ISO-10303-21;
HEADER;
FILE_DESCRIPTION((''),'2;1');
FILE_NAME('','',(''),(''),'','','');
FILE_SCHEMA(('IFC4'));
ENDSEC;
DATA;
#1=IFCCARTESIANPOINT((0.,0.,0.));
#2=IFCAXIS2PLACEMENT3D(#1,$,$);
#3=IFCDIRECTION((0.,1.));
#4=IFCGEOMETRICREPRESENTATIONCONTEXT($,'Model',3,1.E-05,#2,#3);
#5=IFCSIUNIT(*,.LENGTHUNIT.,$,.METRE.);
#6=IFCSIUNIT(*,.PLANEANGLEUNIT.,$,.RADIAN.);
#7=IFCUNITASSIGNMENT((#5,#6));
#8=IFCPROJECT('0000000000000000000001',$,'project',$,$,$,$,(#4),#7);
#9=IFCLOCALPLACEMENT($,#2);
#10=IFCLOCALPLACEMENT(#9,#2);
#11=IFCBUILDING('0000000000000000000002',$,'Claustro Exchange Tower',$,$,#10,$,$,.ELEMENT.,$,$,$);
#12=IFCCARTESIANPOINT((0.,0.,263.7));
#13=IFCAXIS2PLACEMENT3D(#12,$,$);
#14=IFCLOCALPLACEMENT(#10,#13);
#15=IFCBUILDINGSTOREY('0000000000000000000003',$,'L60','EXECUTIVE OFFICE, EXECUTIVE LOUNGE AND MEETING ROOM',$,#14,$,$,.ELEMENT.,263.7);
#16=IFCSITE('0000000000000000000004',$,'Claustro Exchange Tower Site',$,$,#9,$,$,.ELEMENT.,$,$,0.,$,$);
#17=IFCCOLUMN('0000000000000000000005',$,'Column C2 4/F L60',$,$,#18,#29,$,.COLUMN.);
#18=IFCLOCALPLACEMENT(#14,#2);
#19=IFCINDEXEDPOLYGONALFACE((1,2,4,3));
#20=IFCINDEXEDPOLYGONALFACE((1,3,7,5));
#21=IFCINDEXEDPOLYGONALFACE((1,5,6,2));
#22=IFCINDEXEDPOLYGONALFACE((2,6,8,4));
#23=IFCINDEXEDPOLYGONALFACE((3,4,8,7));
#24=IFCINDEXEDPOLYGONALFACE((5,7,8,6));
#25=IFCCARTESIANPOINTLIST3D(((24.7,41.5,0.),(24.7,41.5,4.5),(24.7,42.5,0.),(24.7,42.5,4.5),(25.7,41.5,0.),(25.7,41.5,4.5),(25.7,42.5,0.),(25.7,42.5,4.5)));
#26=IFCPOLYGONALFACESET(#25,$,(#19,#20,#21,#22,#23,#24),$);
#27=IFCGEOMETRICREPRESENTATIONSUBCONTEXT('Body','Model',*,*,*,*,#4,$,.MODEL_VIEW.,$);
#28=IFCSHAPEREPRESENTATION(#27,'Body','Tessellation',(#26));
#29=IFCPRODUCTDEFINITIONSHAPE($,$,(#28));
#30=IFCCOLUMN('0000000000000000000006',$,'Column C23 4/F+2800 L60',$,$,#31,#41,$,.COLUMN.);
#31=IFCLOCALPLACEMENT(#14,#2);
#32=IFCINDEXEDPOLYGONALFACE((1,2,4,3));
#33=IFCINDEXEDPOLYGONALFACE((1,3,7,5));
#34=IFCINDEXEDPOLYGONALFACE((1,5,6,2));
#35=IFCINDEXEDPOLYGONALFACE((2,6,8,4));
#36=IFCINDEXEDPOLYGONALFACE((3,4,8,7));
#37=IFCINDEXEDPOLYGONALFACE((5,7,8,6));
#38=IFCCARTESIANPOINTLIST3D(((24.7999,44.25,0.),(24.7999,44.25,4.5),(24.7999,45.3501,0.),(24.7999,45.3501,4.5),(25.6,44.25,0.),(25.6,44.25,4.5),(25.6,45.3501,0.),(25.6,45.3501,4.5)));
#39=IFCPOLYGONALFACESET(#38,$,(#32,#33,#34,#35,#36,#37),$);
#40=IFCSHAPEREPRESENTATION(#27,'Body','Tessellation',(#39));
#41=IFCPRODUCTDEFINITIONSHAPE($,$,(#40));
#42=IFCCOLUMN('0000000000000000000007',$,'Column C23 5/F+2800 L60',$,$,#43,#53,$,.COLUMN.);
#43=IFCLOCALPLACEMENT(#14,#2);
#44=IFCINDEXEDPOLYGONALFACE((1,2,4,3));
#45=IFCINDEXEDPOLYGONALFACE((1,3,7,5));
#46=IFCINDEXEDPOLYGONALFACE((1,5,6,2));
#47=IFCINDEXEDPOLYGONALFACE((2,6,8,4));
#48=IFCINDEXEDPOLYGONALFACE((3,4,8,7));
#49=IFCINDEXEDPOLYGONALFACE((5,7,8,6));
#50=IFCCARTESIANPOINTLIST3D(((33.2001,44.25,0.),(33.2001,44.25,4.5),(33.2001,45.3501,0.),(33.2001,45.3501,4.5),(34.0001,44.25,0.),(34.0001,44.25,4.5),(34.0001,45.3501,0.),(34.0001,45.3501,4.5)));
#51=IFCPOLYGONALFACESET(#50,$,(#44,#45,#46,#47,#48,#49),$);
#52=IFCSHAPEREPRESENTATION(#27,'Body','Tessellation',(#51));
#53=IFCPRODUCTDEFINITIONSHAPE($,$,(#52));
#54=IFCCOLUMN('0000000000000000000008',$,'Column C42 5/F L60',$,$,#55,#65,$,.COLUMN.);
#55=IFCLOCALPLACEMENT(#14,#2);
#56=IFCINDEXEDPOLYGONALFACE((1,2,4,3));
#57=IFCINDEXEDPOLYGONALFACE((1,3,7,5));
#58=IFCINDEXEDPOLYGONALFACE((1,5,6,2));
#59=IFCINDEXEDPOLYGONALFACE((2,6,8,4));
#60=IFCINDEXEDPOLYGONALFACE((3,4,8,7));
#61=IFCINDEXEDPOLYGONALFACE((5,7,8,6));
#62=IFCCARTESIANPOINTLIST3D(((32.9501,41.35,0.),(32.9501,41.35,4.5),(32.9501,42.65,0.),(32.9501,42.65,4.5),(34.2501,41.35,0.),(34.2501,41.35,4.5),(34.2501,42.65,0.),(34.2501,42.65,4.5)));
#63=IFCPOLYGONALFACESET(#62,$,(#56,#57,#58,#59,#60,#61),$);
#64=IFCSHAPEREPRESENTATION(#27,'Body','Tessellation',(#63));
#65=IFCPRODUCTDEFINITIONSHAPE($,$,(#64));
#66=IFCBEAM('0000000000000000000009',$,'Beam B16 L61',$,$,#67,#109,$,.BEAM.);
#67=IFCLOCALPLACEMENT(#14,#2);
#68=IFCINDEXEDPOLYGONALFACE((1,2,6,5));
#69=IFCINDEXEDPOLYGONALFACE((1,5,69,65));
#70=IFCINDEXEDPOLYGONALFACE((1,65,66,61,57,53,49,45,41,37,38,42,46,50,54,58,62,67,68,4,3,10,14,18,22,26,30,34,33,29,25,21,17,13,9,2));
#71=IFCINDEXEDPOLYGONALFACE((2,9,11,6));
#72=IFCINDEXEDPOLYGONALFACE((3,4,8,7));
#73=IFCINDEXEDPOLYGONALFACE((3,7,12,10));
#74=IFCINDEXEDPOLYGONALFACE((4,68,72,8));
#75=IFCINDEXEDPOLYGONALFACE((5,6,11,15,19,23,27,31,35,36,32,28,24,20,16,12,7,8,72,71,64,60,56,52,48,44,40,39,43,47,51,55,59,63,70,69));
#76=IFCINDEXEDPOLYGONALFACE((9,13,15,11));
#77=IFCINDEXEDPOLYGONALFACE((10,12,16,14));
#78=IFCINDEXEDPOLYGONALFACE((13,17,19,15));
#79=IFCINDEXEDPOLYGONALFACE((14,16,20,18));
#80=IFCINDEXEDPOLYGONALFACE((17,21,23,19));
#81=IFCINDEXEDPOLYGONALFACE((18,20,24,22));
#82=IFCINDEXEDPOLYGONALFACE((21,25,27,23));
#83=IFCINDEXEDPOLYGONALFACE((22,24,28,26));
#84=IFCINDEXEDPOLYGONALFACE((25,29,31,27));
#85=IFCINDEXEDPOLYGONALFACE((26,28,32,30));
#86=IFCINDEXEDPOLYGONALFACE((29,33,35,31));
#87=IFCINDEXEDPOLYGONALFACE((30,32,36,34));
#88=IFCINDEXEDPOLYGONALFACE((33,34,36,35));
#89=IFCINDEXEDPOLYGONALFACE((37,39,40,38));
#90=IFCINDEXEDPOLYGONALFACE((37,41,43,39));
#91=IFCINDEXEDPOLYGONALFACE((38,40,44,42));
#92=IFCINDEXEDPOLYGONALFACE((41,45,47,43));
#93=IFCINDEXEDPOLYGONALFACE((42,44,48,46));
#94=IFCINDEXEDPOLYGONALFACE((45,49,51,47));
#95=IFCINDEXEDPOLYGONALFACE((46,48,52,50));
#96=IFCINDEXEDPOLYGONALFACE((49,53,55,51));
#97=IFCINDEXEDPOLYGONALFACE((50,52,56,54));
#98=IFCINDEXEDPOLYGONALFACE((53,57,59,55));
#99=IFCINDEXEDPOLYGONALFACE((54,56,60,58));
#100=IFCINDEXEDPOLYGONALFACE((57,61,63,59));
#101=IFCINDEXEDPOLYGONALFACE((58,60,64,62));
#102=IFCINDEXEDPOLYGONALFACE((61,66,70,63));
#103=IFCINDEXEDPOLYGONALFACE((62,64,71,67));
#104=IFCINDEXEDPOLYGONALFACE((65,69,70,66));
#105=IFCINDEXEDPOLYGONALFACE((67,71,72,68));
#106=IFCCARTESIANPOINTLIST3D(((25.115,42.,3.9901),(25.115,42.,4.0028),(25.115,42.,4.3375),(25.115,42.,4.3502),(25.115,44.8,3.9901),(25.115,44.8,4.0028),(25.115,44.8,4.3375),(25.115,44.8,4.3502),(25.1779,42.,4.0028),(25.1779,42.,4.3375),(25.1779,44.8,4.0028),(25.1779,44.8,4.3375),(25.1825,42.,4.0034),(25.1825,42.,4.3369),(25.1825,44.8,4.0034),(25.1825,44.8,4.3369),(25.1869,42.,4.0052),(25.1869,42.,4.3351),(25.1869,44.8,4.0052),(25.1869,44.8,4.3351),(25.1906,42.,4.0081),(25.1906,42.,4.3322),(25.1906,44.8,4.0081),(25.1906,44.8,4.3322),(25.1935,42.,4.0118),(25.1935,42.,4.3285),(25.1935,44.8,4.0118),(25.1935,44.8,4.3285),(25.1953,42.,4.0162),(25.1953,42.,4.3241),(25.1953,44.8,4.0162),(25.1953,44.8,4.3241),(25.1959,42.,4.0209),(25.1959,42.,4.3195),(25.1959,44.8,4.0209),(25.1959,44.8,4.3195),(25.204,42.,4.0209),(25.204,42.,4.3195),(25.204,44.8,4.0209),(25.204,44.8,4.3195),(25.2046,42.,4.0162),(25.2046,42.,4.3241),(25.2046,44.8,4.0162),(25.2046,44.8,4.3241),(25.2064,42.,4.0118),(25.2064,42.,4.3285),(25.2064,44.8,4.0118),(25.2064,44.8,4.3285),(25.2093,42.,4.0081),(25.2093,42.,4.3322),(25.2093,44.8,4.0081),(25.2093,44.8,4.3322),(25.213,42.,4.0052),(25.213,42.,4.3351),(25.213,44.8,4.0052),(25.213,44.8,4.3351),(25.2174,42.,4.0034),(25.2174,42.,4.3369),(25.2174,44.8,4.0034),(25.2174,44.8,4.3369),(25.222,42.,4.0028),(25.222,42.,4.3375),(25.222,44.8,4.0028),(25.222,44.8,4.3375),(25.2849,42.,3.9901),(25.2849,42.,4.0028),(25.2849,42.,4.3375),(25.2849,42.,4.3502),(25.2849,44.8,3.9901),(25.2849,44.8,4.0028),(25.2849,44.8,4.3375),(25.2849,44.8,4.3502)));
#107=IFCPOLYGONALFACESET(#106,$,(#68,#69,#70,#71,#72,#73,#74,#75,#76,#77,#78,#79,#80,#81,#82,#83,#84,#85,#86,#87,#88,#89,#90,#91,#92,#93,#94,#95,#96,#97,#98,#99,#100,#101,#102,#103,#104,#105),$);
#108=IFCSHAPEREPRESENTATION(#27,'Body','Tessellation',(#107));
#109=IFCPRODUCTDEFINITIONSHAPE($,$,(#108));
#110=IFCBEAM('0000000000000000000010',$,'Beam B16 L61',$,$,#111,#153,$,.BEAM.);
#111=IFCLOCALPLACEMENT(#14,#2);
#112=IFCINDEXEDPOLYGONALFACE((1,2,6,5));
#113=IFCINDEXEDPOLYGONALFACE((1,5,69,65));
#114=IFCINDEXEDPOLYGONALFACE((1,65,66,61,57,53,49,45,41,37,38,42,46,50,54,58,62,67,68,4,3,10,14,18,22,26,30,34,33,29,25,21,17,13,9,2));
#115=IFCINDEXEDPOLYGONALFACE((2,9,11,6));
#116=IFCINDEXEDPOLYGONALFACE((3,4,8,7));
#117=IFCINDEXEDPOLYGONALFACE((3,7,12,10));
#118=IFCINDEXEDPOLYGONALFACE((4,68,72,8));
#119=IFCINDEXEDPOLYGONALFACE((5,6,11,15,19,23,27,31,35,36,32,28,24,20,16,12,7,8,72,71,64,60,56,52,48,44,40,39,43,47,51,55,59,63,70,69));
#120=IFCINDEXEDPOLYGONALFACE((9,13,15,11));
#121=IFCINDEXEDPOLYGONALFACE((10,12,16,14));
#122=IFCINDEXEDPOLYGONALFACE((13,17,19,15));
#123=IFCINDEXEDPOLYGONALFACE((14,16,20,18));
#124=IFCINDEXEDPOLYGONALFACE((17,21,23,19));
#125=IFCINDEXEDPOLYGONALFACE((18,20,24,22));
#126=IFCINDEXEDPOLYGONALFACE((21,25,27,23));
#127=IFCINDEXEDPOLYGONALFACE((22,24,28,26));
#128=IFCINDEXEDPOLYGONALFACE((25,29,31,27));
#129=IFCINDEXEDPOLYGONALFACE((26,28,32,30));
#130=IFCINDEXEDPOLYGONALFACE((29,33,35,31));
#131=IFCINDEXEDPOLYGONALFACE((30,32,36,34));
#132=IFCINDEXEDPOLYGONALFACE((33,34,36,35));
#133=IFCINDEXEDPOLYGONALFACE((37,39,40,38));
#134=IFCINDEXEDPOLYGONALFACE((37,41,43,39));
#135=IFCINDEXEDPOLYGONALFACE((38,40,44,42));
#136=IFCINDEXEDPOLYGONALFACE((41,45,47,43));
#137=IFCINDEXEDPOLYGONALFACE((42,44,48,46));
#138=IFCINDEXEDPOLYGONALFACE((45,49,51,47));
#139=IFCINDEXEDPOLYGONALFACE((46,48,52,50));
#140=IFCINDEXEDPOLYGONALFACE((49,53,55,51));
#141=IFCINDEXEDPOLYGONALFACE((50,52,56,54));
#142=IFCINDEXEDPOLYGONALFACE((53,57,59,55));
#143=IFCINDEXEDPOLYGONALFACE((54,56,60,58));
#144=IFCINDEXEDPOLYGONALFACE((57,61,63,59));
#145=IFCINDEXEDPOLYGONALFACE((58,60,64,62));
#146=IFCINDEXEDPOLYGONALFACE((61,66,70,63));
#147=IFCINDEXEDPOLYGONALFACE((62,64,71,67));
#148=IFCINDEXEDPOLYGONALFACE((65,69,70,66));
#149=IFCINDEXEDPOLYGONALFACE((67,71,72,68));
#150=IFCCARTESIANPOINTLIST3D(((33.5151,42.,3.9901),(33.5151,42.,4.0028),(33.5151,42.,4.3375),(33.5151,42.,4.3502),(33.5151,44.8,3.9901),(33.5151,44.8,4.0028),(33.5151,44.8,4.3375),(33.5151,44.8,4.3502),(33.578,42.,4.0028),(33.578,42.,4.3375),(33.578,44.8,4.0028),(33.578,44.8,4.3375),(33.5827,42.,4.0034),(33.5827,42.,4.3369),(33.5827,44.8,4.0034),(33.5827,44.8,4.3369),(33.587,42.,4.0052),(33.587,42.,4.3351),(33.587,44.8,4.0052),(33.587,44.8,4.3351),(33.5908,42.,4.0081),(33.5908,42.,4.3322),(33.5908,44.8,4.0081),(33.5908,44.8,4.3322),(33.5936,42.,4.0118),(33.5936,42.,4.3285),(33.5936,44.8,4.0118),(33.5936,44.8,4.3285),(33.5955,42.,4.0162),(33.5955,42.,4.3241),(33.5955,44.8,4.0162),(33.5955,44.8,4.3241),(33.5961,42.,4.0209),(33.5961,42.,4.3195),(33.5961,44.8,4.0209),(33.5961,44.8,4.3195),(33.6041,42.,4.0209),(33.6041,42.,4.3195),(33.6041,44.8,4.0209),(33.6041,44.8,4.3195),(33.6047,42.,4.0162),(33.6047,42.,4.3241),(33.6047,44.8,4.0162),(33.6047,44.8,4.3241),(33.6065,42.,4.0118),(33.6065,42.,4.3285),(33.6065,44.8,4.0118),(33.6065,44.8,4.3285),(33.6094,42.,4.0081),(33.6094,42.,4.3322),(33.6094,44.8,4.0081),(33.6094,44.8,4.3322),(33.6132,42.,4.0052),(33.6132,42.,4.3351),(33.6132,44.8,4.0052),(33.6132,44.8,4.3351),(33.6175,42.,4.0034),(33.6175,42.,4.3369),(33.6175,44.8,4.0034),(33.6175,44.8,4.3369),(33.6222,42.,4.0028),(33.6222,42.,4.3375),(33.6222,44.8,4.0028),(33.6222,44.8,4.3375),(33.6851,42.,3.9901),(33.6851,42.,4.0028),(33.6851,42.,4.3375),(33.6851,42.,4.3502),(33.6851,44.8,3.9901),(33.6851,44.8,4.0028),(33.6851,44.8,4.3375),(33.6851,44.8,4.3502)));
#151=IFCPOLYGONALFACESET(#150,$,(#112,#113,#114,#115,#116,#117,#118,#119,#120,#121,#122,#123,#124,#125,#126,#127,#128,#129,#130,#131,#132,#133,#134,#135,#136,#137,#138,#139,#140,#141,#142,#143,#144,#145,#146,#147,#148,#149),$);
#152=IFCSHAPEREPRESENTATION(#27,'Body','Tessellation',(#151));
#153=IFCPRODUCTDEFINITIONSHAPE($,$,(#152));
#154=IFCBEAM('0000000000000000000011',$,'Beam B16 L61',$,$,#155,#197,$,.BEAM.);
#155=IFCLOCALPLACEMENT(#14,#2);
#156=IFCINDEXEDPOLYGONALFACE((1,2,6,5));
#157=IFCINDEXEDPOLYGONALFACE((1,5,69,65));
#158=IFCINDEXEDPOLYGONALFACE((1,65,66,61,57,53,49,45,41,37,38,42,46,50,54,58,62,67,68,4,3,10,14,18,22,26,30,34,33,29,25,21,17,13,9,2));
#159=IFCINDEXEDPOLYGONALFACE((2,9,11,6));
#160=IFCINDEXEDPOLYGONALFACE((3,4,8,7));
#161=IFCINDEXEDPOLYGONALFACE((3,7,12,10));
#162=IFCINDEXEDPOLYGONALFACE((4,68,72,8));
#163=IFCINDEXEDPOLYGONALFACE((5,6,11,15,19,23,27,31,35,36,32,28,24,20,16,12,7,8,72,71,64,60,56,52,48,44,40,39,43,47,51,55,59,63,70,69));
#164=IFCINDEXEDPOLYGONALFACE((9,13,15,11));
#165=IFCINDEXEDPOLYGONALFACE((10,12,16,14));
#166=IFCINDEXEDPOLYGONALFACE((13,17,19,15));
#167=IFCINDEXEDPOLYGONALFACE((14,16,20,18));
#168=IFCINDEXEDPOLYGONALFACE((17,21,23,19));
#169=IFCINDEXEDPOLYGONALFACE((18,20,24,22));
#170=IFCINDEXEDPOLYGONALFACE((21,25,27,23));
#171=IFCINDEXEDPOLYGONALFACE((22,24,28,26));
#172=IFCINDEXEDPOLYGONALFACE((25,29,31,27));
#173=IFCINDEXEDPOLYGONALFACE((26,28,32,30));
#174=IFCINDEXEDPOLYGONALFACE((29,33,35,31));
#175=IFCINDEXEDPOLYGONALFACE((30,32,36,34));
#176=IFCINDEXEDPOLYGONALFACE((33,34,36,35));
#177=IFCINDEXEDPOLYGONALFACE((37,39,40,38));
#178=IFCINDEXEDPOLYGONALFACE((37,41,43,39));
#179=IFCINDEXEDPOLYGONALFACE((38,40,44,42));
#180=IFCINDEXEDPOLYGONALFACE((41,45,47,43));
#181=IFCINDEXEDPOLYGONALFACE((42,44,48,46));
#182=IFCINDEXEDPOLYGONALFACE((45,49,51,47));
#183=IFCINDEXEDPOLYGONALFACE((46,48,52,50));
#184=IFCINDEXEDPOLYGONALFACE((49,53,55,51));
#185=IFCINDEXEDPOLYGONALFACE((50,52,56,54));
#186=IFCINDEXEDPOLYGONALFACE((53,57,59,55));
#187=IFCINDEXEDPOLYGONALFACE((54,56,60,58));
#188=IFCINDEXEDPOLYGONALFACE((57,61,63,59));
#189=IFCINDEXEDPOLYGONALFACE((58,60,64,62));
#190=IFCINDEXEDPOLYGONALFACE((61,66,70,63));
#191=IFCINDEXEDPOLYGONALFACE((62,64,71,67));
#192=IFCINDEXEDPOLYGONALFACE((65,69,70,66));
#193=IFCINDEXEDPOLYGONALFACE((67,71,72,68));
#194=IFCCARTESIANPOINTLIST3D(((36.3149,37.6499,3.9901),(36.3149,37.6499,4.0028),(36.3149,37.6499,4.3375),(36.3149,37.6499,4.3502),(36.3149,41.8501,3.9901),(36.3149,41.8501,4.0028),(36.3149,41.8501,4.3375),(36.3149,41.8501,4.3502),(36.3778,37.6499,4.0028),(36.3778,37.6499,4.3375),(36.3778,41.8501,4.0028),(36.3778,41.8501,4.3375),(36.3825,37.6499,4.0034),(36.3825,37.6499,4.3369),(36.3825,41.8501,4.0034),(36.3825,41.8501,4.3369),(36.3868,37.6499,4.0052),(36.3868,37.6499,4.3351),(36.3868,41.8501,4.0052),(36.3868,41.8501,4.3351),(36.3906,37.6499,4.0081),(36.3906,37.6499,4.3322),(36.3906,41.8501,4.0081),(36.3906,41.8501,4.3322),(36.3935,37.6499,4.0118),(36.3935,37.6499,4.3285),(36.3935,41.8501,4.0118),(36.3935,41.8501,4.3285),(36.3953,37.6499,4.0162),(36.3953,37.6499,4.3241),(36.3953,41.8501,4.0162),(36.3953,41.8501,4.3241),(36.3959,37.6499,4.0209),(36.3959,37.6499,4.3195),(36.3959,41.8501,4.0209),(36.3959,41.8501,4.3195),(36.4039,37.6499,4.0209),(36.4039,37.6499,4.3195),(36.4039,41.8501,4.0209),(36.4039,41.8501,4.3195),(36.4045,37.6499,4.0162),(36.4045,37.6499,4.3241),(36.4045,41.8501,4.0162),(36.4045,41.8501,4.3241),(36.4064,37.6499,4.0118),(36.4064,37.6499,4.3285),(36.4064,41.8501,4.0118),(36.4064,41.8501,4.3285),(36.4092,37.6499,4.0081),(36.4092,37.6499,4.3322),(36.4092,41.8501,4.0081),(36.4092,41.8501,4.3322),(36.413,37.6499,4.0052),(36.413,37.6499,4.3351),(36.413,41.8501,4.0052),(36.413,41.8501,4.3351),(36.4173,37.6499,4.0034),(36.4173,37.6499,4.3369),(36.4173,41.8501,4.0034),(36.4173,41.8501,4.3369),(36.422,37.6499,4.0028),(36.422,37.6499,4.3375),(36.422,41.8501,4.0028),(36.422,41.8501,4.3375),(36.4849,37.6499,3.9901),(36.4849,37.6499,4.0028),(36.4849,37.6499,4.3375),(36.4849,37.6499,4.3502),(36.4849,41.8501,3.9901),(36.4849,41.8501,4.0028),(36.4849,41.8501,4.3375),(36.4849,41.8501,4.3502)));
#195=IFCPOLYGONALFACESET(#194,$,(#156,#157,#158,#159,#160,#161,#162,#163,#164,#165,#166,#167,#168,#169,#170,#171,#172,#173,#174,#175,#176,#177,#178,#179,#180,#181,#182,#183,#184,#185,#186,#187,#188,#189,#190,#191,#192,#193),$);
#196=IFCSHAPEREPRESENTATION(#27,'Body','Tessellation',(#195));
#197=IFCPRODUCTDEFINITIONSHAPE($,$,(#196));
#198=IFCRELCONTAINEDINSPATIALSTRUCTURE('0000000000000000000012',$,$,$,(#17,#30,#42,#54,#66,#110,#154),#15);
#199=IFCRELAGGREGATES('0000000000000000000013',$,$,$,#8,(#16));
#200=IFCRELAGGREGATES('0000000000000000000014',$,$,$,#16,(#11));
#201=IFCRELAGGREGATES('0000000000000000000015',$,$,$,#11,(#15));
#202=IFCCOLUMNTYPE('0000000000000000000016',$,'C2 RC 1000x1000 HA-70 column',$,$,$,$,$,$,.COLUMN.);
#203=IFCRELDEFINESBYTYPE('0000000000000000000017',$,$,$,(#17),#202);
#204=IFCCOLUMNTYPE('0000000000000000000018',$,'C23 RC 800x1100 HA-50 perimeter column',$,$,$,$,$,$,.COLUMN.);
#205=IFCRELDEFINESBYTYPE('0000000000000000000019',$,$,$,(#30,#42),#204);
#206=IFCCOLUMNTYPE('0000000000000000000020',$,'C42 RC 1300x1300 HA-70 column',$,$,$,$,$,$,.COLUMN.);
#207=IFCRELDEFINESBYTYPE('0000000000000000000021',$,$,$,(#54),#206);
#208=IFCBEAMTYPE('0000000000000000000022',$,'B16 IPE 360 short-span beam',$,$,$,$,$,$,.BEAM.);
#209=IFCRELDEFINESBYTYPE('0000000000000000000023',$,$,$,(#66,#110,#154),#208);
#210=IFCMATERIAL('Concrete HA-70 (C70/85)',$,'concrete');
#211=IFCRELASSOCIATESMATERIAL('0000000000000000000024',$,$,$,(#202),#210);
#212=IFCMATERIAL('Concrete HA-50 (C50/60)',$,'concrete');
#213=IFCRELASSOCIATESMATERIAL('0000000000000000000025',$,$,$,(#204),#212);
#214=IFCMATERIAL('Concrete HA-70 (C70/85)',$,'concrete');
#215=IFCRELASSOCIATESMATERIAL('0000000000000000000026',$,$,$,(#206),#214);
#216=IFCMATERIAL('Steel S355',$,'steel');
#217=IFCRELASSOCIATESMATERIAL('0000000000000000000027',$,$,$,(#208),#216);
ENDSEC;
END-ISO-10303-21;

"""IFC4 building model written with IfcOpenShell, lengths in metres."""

from ifc_helpers import new_model, si_unit, direction, frame, origin, origin_2d, place, context, subcontext, project, spatial, rectangle, i_section, extrude, material, material_profile, profile_set, type_object, element, save


model = new_model("IFC4")

# Units and contexts
model_context = context("Model", 3, precision=1e-05, world=origin(), true_north=direction((0.0, 1.0)))
body_context = subcontext(model_context, "Body", "Model", "MODEL_VIEW")
ifc_project = project(units=[si_unit("LENGTHUNIT", "METRE"), si_unit("PLANEANGLEUNIT", "RADIAN")], contexts=[model_context])

# Site, building, storey
site_placement = place(None, origin())
site = spatial("IfcSite", under=ifc_project, at=site_placement, Name="Claustro Exchange Tower Site", CompositionType="ELEMENT", RefElevation=0.0)
building_placement = place(site_placement, origin())
building = spatial("IfcBuilding", under=site, at=building_placement, Name="Claustro Exchange Tower", CompositionType="ELEMENT")
storey_placement = place(building_placement, frame((0.0, 0.0, 263.7)))
storey = spatial("IfcBuildingStorey", under=building, at=storey_placement, Name="L60", Description="EXECUTIVE OFFICE, EXECUTIVE LOUNGE AND MEETING ROOM", CompositionType="ELEMENT", Elevation=263.7)

# Columns
ifc_material_1 = material(Name="Concrete HA-70 (C70/85)", Category="concrete")
ifc_material_profile_1 = material_profile(ifc_material_1, rectangle(XDim=1.0, YDim=1.0, at=origin_2d()), Name="RC 1000x1000")
ifc_profile_set_1 = profile_set([ifc_material_profile_1], Name="Concrete HA-70 (C70/85)")
column_type_1 = type_object("IfcColumnType", Name="C2 RC 1000x1000 HA-70 column", PredefinedType="COLUMN", material=ifc_profile_set_1)
column_1_placement = place(storey_placement, frame((25.2, 42.0, 0.0), z_axis=(0.0, 0.0, 1.0), x_axis=(1.0, 0.0, 0.0)))
element("IfcColumn", 1, at=column_1_placement, inside=storey, type_object=column_type_1, Name="Column C2 4/F L60", PredefinedType="COLUMN", context=body_context, shape_type="SweptSolid", body=[
    extrude(rectangle(XDim=1.0, YDim=1.0, at=origin_2d()), origin(), (0.0, 0.0, 1.0), 4.5),
])
ifc_material_2 = material(Name="Concrete HA-50 (C50/60)", Category="concrete")
ifc_material_profile_2 = material_profile(ifc_material_2, rectangle(XDim=0.8, YDim=1.1001, at=origin_2d()), Name="RC 800x1100")
ifc_profile_set_2 = profile_set([ifc_material_profile_2], Name="Concrete HA-50 (C50/60)")
column_type_2 = type_object("IfcColumnType", Name="C23 RC 800x1100 HA-50 perimeter column", PredefinedType="COLUMN", material=ifc_profile_set_2)
for number, where, z_axis, x_axis, name in (
    (2, (25.2, 44.8, 0.0), (0.0, 0.0, 1.0), (1.0, 0.0, 0.0), "Column C23 4/F+2800 L60"),
    (3, (33.6001, 44.8, 0.0), (0.0, 0.0, 1.0), (1.0, 0.0, 0.0), "Column C23 5/F+2800 L60"),
):
    element("IfcColumn", number, at=place(storey_placement, frame(where, z_axis=z_axis, x_axis=x_axis)), inside=storey, type_object=column_type_2, Name=name, PredefinedType="COLUMN", context=body_context, shape_type="SweptSolid", body=[
        extrude(rectangle(XDim=0.8, YDim=1.1001, at=origin_2d()), origin(), (0.0, 0.0, 1.0), 4.5),
    ])
ifc_material_3 = material(Name="Concrete HA-70 (C70/85)", Category="concrete")
ifc_material_profile_3 = material_profile(ifc_material_3, rectangle(XDim=1.3, YDim=1.3, at=origin_2d()), Name="RC 1300x1300")
ifc_profile_set_3 = profile_set([ifc_material_profile_3], Name="Concrete HA-70 (C70/85)")
column_type_3 = type_object("IfcColumnType", Name="C42 RC 1300x1300 HA-70 column", PredefinedType="COLUMN", material=ifc_profile_set_3)
column_2_placement = place(storey_placement, frame((33.6001, 42.0, 0.0), z_axis=(0.0, 0.0, 1.0), x_axis=(1.0, 0.0, 0.0)))
element("IfcColumn", 4, at=column_2_placement, inside=storey, type_object=column_type_3, Name="Column C42 5/F L60", PredefinedType="COLUMN", context=body_context, shape_type="SweptSolid", body=[
    extrude(rectangle(XDim=1.3, YDim=1.3, at=origin_2d()), origin(), (0.0, 0.0, 1.0), 4.5),
])

# Beams
ifc_material_4 = material(Name="Steel S355", Category="steel")
ifc_material_profile_4 = material_profile(ifc_material_4, i_section(OverallWidth=0.1699, OverallDepth=0.3601, WebThickness=0.0081, FlangeThickness=0.0127, FilletRadius=0.0181, at=origin_2d()), Name="IPE 360")
ifc_profile_set_4 = profile_set([ifc_material_profile_4], Name="Steel S355")
beam_type_1 = type_object("IfcBeamType", Name="B16 IPE 360 short-span beam", PredefinedType="BEAM", material=ifc_profile_set_4)
for number, where, z_axis, x_axis, name in (
    (5, (25.2, 42.0, 4.1702), (0.0, 1.0, 0.0), (-1.0, 0.0, 0.0), "Beam B16 L61"),
    (6, (33.6001, 42.0, 4.1702), (0.0, 1.0, 0.0), (-1.0, 0.0, 0.0), "Beam B16 L61"),
):
    element("IfcBeam", number, at=place(storey_placement, frame(where, z_axis=z_axis, x_axis=x_axis)), inside=storey, type_object=beam_type_1, Name=name, PredefinedType="BEAM", context=body_context, shape_type="SweptSolid", body=[
        extrude(i_section(OverallWidth=0.1699, OverallDepth=0.3601, WebThickness=0.0081, FlangeThickness=0.0127, FilletRadius=0.0181, at=origin_2d()), origin(), (0.0, 0.0, 1.0), 2.8),
    ])
for number, where, z_axis, x_axis, name in (
    (7, (36.3999, 37.6499, 4.1702), (0.0, 1.0, 0.0), (-1.0, 0.0, 0.0), "Beam B16 L61"),
):
    element("IfcBeam", number, at=place(storey_placement, frame(where, z_axis=z_axis, x_axis=x_axis)), inside=storey, type_object=beam_type_1, Name=name, PredefinedType="BEAM", context=body_context, shape_type="SweptSolid", body=[
        extrude(i_section(OverallWidth=0.1699, OverallDepth=0.3601, WebThickness=0.0081, FlangeThickness=0.0127, FilletRadius=0.0181, at=origin_2d()), origin(), (0.0, 0.0, 1.0), 4.2002),
    ])

save(model, "model.ifc")
